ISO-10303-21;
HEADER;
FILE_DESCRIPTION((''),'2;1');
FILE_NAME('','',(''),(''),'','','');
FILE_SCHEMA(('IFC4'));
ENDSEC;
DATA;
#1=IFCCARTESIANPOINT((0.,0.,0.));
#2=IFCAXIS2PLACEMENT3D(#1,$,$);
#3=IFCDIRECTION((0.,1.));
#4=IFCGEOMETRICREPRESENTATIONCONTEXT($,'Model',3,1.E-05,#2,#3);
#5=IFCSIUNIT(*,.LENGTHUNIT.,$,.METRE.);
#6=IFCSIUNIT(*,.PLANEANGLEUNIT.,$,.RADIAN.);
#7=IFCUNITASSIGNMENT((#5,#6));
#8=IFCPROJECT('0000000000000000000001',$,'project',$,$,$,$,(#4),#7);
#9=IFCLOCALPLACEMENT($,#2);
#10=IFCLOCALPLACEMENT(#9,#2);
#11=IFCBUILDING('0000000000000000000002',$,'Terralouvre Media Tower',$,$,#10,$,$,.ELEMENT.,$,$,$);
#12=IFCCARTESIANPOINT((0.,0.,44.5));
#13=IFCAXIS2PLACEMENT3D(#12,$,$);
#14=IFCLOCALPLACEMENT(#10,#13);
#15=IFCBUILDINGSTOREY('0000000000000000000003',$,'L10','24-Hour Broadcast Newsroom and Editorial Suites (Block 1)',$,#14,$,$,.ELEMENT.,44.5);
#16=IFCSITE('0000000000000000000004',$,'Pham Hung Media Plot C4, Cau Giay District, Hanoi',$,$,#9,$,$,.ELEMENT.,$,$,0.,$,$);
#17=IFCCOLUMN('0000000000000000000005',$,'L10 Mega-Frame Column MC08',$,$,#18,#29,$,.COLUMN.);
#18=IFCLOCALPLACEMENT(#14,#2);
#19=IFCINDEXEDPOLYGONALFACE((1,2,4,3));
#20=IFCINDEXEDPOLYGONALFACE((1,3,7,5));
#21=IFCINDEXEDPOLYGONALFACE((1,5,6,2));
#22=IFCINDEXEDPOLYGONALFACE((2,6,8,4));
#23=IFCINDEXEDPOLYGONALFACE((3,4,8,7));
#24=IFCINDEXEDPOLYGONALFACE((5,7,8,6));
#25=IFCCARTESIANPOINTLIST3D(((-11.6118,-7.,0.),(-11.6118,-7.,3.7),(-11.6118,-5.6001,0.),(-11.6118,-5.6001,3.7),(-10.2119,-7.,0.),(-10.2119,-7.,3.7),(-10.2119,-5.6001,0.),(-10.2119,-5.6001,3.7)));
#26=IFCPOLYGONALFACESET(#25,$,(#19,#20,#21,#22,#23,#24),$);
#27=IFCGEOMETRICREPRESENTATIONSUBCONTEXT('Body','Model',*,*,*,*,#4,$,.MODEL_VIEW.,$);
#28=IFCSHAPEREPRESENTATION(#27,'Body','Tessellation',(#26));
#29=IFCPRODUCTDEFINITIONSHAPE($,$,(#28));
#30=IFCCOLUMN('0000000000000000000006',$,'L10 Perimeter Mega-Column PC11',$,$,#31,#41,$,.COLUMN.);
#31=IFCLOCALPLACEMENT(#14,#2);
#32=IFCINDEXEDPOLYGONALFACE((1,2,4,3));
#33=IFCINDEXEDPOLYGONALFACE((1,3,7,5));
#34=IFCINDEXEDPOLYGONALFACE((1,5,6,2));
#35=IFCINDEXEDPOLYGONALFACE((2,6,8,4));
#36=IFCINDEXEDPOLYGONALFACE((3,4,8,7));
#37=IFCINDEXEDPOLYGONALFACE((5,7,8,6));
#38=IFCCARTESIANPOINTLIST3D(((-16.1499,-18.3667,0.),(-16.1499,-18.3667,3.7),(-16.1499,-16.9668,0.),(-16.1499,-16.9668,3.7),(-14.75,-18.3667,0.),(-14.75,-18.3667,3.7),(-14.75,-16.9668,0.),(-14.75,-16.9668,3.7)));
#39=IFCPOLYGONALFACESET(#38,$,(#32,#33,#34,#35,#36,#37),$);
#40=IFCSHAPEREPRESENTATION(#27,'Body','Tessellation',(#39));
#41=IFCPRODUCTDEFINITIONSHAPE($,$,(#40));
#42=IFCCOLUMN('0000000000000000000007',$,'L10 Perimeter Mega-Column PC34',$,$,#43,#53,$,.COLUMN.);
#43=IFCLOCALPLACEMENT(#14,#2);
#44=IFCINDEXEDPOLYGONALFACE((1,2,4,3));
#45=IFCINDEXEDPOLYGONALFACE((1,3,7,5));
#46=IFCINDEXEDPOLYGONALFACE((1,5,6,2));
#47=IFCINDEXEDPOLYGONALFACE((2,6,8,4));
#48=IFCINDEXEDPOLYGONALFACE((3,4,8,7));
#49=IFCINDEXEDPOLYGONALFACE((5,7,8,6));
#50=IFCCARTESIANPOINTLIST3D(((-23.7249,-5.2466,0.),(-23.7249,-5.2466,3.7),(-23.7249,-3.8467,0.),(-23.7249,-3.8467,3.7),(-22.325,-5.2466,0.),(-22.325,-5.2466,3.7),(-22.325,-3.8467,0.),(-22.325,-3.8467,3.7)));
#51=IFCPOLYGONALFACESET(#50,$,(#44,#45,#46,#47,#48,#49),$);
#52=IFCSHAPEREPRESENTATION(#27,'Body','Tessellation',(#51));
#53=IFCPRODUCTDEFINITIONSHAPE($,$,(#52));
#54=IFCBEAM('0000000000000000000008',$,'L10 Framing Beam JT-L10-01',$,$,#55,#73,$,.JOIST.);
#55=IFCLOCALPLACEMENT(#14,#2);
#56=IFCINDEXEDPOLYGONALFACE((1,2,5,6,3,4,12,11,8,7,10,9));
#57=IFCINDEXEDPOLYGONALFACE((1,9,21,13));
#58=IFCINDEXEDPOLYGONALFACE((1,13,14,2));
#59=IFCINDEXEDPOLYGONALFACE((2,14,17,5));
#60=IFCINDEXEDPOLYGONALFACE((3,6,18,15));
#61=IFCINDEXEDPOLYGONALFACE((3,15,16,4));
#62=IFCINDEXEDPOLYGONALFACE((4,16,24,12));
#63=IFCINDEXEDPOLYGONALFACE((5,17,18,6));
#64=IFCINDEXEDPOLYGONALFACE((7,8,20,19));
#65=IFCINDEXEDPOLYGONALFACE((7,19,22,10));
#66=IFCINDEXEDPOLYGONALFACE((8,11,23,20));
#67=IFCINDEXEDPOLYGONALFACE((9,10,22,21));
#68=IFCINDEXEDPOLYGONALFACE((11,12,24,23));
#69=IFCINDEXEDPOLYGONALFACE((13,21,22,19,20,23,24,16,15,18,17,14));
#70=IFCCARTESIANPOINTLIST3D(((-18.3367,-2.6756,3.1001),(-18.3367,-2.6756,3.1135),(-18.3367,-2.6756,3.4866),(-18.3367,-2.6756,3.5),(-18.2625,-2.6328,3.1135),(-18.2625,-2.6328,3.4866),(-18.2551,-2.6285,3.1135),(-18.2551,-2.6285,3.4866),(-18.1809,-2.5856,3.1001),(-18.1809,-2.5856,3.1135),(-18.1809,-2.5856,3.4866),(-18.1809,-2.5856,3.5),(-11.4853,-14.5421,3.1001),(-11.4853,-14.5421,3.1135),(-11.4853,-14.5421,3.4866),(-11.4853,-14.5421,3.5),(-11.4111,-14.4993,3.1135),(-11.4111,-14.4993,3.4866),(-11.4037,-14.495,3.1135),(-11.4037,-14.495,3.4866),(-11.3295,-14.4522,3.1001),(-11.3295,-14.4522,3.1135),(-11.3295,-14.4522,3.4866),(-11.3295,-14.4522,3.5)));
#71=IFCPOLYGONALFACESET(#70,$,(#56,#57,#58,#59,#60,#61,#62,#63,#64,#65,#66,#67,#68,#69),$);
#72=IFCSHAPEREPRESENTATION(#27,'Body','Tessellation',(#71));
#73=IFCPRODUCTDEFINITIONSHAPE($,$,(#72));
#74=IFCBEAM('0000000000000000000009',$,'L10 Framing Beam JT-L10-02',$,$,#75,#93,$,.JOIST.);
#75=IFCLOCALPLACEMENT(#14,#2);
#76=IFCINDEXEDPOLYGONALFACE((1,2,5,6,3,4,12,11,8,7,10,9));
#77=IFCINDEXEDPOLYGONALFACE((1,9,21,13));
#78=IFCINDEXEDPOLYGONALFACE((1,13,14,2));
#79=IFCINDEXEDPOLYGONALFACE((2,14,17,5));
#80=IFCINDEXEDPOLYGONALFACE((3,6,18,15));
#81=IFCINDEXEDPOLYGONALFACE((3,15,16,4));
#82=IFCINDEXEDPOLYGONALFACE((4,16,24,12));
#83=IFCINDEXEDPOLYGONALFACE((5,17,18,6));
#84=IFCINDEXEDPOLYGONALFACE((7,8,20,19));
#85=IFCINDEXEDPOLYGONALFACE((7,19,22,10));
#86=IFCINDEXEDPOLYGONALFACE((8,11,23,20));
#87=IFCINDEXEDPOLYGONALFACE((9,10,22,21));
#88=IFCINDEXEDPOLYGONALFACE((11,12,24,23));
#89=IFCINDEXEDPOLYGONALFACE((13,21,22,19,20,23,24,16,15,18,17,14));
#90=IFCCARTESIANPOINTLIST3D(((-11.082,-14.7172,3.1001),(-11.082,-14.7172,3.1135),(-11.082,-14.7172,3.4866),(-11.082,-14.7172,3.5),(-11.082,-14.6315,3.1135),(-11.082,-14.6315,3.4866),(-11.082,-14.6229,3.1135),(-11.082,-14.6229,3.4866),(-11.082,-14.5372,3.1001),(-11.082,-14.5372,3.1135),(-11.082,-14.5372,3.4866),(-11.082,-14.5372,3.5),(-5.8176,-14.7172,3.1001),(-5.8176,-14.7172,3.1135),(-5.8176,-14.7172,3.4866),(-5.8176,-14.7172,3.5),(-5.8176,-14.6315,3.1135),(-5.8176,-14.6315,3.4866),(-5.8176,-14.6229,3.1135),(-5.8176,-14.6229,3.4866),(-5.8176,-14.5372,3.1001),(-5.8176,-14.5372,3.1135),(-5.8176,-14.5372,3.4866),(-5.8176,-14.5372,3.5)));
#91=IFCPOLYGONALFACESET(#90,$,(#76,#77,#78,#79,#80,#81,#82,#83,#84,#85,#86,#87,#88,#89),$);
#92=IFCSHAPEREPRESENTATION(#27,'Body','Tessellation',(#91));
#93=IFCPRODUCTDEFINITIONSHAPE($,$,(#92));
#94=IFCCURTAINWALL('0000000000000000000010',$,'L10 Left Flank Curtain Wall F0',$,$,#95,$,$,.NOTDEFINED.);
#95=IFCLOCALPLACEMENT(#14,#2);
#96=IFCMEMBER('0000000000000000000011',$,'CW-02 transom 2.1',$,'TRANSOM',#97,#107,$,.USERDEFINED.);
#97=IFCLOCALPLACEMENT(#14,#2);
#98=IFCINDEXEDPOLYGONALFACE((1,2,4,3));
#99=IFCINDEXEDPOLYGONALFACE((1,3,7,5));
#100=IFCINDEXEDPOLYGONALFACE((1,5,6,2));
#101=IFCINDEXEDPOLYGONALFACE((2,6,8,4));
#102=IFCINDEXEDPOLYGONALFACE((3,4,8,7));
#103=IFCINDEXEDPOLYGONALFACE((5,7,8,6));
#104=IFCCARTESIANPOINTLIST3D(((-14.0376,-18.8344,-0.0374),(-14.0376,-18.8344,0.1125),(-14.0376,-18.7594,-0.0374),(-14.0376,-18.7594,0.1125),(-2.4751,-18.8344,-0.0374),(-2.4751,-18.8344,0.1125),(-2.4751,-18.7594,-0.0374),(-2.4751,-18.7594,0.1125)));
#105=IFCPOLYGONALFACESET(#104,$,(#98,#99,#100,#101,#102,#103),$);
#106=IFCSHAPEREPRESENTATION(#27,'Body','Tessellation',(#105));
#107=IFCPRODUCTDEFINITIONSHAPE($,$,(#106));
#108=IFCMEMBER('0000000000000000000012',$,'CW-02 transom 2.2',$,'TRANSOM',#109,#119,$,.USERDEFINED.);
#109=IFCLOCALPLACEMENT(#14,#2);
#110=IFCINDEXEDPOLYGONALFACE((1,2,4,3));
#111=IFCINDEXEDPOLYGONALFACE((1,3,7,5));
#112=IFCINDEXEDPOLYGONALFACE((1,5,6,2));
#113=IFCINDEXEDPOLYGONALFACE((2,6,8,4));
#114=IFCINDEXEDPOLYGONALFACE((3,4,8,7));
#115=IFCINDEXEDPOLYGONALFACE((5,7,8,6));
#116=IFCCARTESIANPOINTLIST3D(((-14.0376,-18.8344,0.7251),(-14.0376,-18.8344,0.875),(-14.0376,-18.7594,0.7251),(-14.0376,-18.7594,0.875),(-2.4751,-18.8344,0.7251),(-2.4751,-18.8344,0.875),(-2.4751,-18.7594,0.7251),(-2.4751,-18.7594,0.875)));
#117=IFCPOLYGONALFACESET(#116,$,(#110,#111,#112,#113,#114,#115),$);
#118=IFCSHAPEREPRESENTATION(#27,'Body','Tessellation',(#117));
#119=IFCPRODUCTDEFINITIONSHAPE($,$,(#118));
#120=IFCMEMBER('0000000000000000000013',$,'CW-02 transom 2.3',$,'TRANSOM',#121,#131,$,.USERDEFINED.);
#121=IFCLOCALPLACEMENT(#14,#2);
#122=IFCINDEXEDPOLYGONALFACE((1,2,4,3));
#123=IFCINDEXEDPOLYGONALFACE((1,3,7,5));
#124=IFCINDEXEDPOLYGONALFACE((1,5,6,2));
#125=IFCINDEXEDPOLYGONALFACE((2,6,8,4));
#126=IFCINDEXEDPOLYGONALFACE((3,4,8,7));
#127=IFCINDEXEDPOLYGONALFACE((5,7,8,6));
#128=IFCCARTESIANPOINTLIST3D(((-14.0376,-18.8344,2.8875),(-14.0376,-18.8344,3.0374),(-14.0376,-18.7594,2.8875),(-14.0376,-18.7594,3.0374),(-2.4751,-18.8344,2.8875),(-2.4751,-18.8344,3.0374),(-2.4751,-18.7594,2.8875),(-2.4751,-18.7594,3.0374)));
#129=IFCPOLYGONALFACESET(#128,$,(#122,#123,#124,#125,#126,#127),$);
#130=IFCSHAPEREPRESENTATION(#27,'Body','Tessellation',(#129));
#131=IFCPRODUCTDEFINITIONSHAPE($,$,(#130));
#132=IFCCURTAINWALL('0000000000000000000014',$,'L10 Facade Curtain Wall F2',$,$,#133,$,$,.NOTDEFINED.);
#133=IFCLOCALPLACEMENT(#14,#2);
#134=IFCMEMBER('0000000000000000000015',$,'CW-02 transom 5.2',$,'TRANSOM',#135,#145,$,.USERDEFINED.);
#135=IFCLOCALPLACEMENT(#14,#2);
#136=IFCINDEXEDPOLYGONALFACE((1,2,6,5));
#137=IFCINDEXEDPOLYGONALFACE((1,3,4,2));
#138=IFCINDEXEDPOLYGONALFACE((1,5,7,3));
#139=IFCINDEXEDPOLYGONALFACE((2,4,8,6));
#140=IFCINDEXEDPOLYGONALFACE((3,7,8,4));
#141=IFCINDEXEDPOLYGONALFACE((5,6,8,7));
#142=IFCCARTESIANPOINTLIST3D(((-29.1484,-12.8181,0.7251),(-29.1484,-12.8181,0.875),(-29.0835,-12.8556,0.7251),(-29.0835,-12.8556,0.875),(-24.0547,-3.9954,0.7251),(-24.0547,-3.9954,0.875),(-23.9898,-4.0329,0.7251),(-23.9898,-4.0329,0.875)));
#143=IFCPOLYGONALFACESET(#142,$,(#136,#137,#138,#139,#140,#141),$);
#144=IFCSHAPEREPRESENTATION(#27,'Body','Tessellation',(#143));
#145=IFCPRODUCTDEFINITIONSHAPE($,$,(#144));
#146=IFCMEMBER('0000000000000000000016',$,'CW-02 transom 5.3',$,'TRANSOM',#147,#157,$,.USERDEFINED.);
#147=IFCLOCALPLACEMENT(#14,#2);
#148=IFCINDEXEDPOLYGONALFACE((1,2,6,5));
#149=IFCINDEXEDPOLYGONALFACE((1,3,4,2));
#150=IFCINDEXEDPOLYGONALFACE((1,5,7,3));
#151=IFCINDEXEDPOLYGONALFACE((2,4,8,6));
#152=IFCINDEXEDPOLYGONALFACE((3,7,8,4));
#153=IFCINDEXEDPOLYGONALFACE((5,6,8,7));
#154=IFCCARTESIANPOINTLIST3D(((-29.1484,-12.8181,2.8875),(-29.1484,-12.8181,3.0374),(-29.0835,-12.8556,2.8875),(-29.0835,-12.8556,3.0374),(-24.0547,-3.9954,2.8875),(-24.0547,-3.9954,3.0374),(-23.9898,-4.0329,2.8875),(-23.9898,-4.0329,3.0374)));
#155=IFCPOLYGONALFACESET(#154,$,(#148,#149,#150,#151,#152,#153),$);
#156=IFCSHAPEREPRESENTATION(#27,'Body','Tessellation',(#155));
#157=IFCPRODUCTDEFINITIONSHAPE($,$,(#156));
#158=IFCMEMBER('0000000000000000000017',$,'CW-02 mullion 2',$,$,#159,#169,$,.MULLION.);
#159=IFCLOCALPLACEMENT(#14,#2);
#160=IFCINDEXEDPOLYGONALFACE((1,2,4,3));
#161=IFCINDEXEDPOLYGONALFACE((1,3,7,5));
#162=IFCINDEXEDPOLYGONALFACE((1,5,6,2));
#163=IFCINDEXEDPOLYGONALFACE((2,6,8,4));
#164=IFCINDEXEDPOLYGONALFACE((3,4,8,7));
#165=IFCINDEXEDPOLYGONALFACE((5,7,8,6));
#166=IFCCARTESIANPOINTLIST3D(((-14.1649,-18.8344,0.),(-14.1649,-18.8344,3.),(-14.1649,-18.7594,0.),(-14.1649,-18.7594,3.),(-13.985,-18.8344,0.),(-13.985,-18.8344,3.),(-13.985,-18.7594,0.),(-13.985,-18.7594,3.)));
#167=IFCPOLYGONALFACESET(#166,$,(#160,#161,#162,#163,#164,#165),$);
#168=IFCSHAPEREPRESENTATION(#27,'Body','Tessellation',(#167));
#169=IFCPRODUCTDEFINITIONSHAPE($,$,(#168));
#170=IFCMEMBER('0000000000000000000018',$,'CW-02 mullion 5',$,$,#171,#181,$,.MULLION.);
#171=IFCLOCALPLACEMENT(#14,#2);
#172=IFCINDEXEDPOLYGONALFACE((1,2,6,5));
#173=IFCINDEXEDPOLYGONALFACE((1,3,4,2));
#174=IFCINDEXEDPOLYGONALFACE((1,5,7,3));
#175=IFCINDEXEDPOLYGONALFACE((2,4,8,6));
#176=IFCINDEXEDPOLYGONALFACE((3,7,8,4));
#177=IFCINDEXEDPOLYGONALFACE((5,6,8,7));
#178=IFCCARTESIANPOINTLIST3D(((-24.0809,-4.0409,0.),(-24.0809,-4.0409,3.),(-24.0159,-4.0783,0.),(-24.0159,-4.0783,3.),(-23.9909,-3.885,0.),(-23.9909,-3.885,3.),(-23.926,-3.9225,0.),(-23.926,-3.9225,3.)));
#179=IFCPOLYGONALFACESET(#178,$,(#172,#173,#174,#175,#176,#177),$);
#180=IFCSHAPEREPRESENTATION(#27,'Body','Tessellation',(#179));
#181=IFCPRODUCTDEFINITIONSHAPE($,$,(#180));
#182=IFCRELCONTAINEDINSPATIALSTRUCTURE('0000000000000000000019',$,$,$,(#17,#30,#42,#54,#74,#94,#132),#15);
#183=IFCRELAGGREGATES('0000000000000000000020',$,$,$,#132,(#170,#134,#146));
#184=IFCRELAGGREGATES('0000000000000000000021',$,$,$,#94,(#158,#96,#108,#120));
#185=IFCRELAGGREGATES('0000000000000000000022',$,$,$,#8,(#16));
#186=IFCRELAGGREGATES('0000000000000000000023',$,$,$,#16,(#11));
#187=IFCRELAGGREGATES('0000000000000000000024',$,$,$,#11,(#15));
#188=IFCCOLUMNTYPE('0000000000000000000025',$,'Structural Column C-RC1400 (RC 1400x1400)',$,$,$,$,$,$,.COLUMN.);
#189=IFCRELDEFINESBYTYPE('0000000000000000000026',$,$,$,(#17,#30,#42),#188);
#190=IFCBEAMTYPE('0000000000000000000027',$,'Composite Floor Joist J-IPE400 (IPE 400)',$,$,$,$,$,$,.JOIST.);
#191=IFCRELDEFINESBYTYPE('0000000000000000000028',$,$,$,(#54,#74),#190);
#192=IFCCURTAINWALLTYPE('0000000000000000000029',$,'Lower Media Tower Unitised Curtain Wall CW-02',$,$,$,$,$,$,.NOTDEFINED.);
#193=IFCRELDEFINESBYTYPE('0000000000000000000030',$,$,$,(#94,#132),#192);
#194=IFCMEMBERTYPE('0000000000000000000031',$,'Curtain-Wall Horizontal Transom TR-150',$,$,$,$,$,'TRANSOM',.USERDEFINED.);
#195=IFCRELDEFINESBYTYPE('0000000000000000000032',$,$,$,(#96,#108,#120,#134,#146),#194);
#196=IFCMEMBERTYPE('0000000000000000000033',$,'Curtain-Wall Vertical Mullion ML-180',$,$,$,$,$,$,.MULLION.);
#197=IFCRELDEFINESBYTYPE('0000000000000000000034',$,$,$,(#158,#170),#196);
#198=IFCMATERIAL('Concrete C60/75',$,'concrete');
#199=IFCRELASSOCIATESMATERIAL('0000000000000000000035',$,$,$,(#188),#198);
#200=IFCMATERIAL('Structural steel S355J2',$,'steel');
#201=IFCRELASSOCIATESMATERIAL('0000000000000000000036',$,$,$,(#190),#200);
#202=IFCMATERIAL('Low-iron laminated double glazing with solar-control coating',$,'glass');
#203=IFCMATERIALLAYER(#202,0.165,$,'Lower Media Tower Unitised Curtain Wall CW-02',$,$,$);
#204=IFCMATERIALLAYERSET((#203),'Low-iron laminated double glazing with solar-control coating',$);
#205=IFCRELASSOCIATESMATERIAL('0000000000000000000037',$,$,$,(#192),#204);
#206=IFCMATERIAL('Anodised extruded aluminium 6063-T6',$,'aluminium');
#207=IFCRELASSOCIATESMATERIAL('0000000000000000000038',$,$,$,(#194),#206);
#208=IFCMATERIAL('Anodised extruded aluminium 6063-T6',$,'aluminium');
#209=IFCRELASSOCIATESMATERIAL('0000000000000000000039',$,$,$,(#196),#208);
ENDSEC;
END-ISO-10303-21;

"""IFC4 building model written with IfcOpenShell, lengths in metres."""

from ifc_helpers import new_model, si_unit, direction, frame, origin, origin_2d, place, context, subcontext, project, spatial, rectangle, i_section, extrude, material, layer, layer_set, material_profile, profile_set, type_object, element, aggregate, save


model = new_model("IFC4")

# Units and contexts
model_context = context("Model", 3, precision=1e-05, world=origin(), true_north=direction((0.0, 1.0)))
body_context = subcontext(model_context, "Body", "Model", "MODEL_VIEW")
ifc_project = project(units=[si_unit("LENGTHUNIT", "METRE"), si_unit("PLANEANGLEUNIT", "RADIAN")], contexts=[model_context])

# Site, building, storey
site_placement = place(None, origin())
site = spatial("IfcSite", under=ifc_project, at=site_placement, Name="Pham Hung Media Plot C4, Cau Giay District, Hanoi", CompositionType="ELEMENT", RefElevation=0.0)
building_placement = place(site_placement, origin())
building = spatial("IfcBuilding", under=site, at=building_placement, Name="Terralouvre Media Tower", CompositionType="ELEMENT")
storey_placement = place(building_placement, frame((0.0, 0.0, 44.5)))
storey = spatial("IfcBuildingStorey", under=building, at=storey_placement, Name="L10", Description="24-Hour Broadcast Newsroom and Editorial Suites (Block 1)", CompositionType="ELEMENT", Elevation=44.5)

# Columns
ifc_material_1 = material(Name="Concrete C60/75", Category="concrete")
ifc_material_profile_1 = material_profile(ifc_material_1, rectangle(XDim=1.3999, YDim=1.3999, at=origin_2d()), Name="RC 1400x1400")
ifc_profile_set_1 = profile_set([ifc_material_profile_1], Name="Concrete C60/75")
column_type = type_object("IfcColumnType", Name="Structural Column C-RC1400 (RC 1400x1400)", PredefinedType="COLUMN", material=ifc_profile_set_1)
for number, where, z_axis, x_axis, name in (
    (1, (-10.9119, -6.3, 0.0), (0.0, 0.0, 1.0), (1.0, 0.0, 0.0), "L10 Mega-Frame Column MC08"),
    (2, (-15.45, -17.6667, 0.0), (0.0, 0.0, 1.0), (1.0, 0.0, 0.0), "L10 Perimeter Mega-Column PC11"),
    (3, (-23.0249, -4.5466, 0.0), (0.0, 0.0, 1.0), (1.0, 0.0, 0.0), "L10 Perimeter Mega-Column PC34"),
):
    element("IfcColumn", number, at=place(storey_placement, frame(where, z_axis=z_axis, x_axis=x_axis)), inside=storey, type_object=column_type, Name=name, PredefinedType="COLUMN", context=body_context, shape_type="SweptSolid", body=[
        extrude(rectangle(XDim=1.3999, YDim=1.3999, at=origin_2d()), origin(), (0.0, 0.0, 1.0), 3.7),
    ])

# Beams
ifc_material_2 = material(Name="Structural steel S355J2", Category="steel")
ifc_material_profile_2 = material_profile(ifc_material_2, i_section(OverallWidth=0.1799, OverallDepth=0.3999, WebThickness=0.0085, FlangeThickness=0.0134, at=origin_2d()), Name="IPE 400")
ifc_profile_set_2 = profile_set([ifc_material_profile_2], Name="Structural steel S355J2")
beam_type_1 = type_object("IfcBeamType", Name="Composite Floor Joist J-IPE400 (IPE 400)", PredefinedType="JOIST", material=ifc_profile_set_2)
beam_1_placement = place(storey_placement, frame((-18.2588, -2.6306, 3.3), z_axis=(0.500012, -0.866019, 0.0), x_axis=(0.866019, 0.500012, 0.0)))
element("IfcBeam", 4, at=beam_1_placement, inside=storey, type_object=beam_type_1, Name="L10 Framing Beam JT-L10-01", PredefinedType="JOIST", context=body_context, shape_type="SweptSolid", body=[
    extrude(i_section(OverallWidth=0.1799, OverallDepth=0.3999, WebThickness=0.0085, FlangeThickness=0.0134, at=origin_2d()), origin(), (0.0, 0.0, 1.0), 13.7024),
])
beam_2_placement = place(storey_placement, frame((-11.082, -14.6272, 3.3), z_axis=(1.0, 0.0, 0.0), x_axis=(0.0, 1.0, 0.0)))
element("IfcBeam", 5, at=beam_2_placement, inside=storey, type_object=beam_type_1, Name="L10 Framing Beam JT-L10-02", PredefinedType="JOIST", context=body_context, shape_type="SweptSolid", body=[
    extrude(i_section(OverallWidth=0.1799, OverallDepth=0.3999, WebThickness=0.0085, FlangeThickness=0.0134, at=origin_2d()), origin(), (0.0, 0.0, 1.0), 5.2644),
])

# Curtain walls, members
ifc_material_3 = material(Name="Low-iron laminated double glazing with solar-control coating", Category="glass")
ifc_layer_1 = layer(ifc_material_3, 0.165, Name="Lower Media Tower Unitised Curtain Wall CW-02")
ifc_layer_set_1 = layer_set([ifc_layer_1], Name="Low-iron laminated double glazing with solar-control coating")
curtain_wall_type = type_object("IfcCurtainWallType", Name="Lower Media Tower Unitised Curtain Wall CW-02", PredefinedType="NOTDEFINED", material=ifc_layer_set_1)
curtain_wall_1_placement = place(storey_placement, origin())
curtain_wall_1 = element("IfcCurtainWall", 6, at=curtain_wall_1_placement, inside=storey, type_object=curtain_wall_type, Name="L10 Left Flank Curtain Wall F0", PredefinedType="NOTDEFINED")
ifc_material_4 = material(Name="Anodised extruded aluminium 6063-T6", Category="aluminium")
ifc_material_profile_3 = material_profile(ifc_material_4, rectangle(XDim=0.075, YDim=0.1499, at=origin_2d()), Name="ALU 75x150")
ifc_profile_set_3 = profile_set([ifc_material_profile_3], Name="Anodised extruded aluminium 6063-T6")
member_type_1 = type_object("IfcMemberType", Name="Curtain-Wall Horizontal Transom TR-150", ElementType="TRANSOM", PredefinedType="USERDEFINED", material=ifc_profile_set_3)
member_1_placement = place(storey_placement, frame((-14.0376, -18.7969, 0.0376), z_axis=(1.0, 0.0, 0.0), x_axis=(0.0, 1.0, 0.0)))
member_1 = element("IfcMember", 7, at=member_1_placement, type_object=member_type_1, Name="CW-02 transom 2.1", ObjectType="TRANSOM", PredefinedType="USERDEFINED", context=body_context, shape_type="SweptSolid", body=[
    extrude(rectangle(XDim=0.075, YDim=0.1499, at=origin_2d()), origin(), (0.0, 0.0, 1.0), 11.5625),
])
member_2_placement = place(storey_placement, frame((-14.0376, -18.7969, 0.8), z_axis=(1.0, 0.0, 0.0), x_axis=(0.0, 1.0, 0.0)))
member_2 = element("IfcMember", 8, at=member_2_placement, type_object=member_type_1, Name="CW-02 transom 2.2", ObjectType="TRANSOM", PredefinedType="USERDEFINED", context=body_context, shape_type="SweptSolid", body=[
    extrude(rectangle(XDim=0.075, YDim=0.1499, at=origin_2d()), origin(), (0.0, 0.0, 1.0), 11.5625),
])
member_3_placement = place(storey_placement, frame((-14.0376, -18.7969, 2.9624), z_axis=(1.0, 0.0, 0.0), x_axis=(0.0, 1.0, 0.0)))
member_3 = element("IfcMember", 9, at=member_3_placement, type_object=member_type_1, Name="CW-02 transom 2.3", ObjectType="TRANSOM", PredefinedType="USERDEFINED", context=body_context, shape_type="SweptSolid", body=[
    extrude(rectangle(XDim=0.075, YDim=0.1499, at=origin_2d()), origin(), (0.0, 0.0, 1.0), 11.5625),
])
curtain_wall_2_placement = place(storey_placement, origin())
curtain_wall_2 = element("IfcCurtainWall", 10, at=curtain_wall_2_placement, inside=storey, type_object=curtain_wall_type, Name="L10 Facade Curtain Wall F2", PredefinedType="NOTDEFINED")
member_4_placement = place(storey_placement, frame((-24.0222, -4.0142, 0.8), z_axis=(-0.499995, -0.866028, 0.0), x_axis=(0.866028, -0.499995, 0.0)))
member_4 = element("IfcMember", 11, at=member_4_placement, type_object=member_type_1, Name="CW-02 transom 5.2", ObjectType="TRANSOM", PredefinedType="USERDEFINED", context=body_context, shape_type="SweptSolid", body=[
    extrude(rectangle(XDim=0.075, YDim=0.1499, at=origin_2d()), origin(), (0.0, 0.0, 1.0), 10.1875),
])
member_5_placement = place(storey_placement, frame((-24.0222, -4.0142, 2.9624), z_axis=(-0.499995, -0.866028, 0.0), x_axis=(0.866028, -0.499995, 0.0)))
member_5 = element("IfcMember", 12, at=member_5_placement, type_object=member_type_1, Name="CW-02 transom 5.3", ObjectType="TRANSOM", PredefinedType="USERDEFINED", context=body_context, shape_type="SweptSolid", body=[
    extrude(rectangle(XDim=0.075, YDim=0.1499, at=origin_2d()), origin(), (0.0, 0.0, 1.0), 10.1875),
])

# Members
ifc_material_5 = material(Name="Anodised extruded aluminium 6063-T6", Category="aluminium")
ifc_material_profile_4 = material_profile(ifc_material_5, rectangle(XDim=0.075, YDim=0.1799, at=origin_2d()), Name="ALU 75x180")
ifc_profile_set_4 = profile_set([ifc_material_profile_4], Name="Anodised extruded aluminium 6063-T6")
member_type_2 = type_object("IfcMemberType", Name="Curtain-Wall Vertical Mullion ML-180", PredefinedType="MULLION", material=ifc_profile_set_4)
member_6_placement = place(storey_placement, frame((-14.075, -18.7969, 0.0), z_axis=(0.0, 0.0, 1.0), x_axis=(0.0, 1.0, 0.0)))
member_6 = element("IfcMember", 13, at=member_6_placement, type_object=member_type_2, Name="CW-02 mullion 2", PredefinedType="MULLION", context=body_context, shape_type="SweptSolid", body=[
    extrude(rectangle(XDim=0.075, YDim=0.1799, at=origin_2d()), origin(), (0.0, 0.0, 1.0), 3.0),
])
member_7_placement = place(storey_placement, frame((-24.0034, -3.9817, 0.0), z_axis=(0.0, 0.0, 1.0), x_axis=(0.866025, -0.5, 0.0)))
member_7 = element("IfcMember", 14, at=member_7_placement, type_object=member_type_2, Name="CW-02 mullion 5", PredefinedType="MULLION", context=body_context, shape_type="SweptSolid", body=[
    extrude(rectangle(XDim=0.075, YDim=0.1799, at=origin_2d()), origin(), (0.0, 0.0, 1.0), 3.0),
])
aggregate(curtain_wall_2, [member_7, member_4, member_5])

aggregate(curtain_wall_1, [member_6, member_1, member_2, member_3])

save(model, "model.ifc")
